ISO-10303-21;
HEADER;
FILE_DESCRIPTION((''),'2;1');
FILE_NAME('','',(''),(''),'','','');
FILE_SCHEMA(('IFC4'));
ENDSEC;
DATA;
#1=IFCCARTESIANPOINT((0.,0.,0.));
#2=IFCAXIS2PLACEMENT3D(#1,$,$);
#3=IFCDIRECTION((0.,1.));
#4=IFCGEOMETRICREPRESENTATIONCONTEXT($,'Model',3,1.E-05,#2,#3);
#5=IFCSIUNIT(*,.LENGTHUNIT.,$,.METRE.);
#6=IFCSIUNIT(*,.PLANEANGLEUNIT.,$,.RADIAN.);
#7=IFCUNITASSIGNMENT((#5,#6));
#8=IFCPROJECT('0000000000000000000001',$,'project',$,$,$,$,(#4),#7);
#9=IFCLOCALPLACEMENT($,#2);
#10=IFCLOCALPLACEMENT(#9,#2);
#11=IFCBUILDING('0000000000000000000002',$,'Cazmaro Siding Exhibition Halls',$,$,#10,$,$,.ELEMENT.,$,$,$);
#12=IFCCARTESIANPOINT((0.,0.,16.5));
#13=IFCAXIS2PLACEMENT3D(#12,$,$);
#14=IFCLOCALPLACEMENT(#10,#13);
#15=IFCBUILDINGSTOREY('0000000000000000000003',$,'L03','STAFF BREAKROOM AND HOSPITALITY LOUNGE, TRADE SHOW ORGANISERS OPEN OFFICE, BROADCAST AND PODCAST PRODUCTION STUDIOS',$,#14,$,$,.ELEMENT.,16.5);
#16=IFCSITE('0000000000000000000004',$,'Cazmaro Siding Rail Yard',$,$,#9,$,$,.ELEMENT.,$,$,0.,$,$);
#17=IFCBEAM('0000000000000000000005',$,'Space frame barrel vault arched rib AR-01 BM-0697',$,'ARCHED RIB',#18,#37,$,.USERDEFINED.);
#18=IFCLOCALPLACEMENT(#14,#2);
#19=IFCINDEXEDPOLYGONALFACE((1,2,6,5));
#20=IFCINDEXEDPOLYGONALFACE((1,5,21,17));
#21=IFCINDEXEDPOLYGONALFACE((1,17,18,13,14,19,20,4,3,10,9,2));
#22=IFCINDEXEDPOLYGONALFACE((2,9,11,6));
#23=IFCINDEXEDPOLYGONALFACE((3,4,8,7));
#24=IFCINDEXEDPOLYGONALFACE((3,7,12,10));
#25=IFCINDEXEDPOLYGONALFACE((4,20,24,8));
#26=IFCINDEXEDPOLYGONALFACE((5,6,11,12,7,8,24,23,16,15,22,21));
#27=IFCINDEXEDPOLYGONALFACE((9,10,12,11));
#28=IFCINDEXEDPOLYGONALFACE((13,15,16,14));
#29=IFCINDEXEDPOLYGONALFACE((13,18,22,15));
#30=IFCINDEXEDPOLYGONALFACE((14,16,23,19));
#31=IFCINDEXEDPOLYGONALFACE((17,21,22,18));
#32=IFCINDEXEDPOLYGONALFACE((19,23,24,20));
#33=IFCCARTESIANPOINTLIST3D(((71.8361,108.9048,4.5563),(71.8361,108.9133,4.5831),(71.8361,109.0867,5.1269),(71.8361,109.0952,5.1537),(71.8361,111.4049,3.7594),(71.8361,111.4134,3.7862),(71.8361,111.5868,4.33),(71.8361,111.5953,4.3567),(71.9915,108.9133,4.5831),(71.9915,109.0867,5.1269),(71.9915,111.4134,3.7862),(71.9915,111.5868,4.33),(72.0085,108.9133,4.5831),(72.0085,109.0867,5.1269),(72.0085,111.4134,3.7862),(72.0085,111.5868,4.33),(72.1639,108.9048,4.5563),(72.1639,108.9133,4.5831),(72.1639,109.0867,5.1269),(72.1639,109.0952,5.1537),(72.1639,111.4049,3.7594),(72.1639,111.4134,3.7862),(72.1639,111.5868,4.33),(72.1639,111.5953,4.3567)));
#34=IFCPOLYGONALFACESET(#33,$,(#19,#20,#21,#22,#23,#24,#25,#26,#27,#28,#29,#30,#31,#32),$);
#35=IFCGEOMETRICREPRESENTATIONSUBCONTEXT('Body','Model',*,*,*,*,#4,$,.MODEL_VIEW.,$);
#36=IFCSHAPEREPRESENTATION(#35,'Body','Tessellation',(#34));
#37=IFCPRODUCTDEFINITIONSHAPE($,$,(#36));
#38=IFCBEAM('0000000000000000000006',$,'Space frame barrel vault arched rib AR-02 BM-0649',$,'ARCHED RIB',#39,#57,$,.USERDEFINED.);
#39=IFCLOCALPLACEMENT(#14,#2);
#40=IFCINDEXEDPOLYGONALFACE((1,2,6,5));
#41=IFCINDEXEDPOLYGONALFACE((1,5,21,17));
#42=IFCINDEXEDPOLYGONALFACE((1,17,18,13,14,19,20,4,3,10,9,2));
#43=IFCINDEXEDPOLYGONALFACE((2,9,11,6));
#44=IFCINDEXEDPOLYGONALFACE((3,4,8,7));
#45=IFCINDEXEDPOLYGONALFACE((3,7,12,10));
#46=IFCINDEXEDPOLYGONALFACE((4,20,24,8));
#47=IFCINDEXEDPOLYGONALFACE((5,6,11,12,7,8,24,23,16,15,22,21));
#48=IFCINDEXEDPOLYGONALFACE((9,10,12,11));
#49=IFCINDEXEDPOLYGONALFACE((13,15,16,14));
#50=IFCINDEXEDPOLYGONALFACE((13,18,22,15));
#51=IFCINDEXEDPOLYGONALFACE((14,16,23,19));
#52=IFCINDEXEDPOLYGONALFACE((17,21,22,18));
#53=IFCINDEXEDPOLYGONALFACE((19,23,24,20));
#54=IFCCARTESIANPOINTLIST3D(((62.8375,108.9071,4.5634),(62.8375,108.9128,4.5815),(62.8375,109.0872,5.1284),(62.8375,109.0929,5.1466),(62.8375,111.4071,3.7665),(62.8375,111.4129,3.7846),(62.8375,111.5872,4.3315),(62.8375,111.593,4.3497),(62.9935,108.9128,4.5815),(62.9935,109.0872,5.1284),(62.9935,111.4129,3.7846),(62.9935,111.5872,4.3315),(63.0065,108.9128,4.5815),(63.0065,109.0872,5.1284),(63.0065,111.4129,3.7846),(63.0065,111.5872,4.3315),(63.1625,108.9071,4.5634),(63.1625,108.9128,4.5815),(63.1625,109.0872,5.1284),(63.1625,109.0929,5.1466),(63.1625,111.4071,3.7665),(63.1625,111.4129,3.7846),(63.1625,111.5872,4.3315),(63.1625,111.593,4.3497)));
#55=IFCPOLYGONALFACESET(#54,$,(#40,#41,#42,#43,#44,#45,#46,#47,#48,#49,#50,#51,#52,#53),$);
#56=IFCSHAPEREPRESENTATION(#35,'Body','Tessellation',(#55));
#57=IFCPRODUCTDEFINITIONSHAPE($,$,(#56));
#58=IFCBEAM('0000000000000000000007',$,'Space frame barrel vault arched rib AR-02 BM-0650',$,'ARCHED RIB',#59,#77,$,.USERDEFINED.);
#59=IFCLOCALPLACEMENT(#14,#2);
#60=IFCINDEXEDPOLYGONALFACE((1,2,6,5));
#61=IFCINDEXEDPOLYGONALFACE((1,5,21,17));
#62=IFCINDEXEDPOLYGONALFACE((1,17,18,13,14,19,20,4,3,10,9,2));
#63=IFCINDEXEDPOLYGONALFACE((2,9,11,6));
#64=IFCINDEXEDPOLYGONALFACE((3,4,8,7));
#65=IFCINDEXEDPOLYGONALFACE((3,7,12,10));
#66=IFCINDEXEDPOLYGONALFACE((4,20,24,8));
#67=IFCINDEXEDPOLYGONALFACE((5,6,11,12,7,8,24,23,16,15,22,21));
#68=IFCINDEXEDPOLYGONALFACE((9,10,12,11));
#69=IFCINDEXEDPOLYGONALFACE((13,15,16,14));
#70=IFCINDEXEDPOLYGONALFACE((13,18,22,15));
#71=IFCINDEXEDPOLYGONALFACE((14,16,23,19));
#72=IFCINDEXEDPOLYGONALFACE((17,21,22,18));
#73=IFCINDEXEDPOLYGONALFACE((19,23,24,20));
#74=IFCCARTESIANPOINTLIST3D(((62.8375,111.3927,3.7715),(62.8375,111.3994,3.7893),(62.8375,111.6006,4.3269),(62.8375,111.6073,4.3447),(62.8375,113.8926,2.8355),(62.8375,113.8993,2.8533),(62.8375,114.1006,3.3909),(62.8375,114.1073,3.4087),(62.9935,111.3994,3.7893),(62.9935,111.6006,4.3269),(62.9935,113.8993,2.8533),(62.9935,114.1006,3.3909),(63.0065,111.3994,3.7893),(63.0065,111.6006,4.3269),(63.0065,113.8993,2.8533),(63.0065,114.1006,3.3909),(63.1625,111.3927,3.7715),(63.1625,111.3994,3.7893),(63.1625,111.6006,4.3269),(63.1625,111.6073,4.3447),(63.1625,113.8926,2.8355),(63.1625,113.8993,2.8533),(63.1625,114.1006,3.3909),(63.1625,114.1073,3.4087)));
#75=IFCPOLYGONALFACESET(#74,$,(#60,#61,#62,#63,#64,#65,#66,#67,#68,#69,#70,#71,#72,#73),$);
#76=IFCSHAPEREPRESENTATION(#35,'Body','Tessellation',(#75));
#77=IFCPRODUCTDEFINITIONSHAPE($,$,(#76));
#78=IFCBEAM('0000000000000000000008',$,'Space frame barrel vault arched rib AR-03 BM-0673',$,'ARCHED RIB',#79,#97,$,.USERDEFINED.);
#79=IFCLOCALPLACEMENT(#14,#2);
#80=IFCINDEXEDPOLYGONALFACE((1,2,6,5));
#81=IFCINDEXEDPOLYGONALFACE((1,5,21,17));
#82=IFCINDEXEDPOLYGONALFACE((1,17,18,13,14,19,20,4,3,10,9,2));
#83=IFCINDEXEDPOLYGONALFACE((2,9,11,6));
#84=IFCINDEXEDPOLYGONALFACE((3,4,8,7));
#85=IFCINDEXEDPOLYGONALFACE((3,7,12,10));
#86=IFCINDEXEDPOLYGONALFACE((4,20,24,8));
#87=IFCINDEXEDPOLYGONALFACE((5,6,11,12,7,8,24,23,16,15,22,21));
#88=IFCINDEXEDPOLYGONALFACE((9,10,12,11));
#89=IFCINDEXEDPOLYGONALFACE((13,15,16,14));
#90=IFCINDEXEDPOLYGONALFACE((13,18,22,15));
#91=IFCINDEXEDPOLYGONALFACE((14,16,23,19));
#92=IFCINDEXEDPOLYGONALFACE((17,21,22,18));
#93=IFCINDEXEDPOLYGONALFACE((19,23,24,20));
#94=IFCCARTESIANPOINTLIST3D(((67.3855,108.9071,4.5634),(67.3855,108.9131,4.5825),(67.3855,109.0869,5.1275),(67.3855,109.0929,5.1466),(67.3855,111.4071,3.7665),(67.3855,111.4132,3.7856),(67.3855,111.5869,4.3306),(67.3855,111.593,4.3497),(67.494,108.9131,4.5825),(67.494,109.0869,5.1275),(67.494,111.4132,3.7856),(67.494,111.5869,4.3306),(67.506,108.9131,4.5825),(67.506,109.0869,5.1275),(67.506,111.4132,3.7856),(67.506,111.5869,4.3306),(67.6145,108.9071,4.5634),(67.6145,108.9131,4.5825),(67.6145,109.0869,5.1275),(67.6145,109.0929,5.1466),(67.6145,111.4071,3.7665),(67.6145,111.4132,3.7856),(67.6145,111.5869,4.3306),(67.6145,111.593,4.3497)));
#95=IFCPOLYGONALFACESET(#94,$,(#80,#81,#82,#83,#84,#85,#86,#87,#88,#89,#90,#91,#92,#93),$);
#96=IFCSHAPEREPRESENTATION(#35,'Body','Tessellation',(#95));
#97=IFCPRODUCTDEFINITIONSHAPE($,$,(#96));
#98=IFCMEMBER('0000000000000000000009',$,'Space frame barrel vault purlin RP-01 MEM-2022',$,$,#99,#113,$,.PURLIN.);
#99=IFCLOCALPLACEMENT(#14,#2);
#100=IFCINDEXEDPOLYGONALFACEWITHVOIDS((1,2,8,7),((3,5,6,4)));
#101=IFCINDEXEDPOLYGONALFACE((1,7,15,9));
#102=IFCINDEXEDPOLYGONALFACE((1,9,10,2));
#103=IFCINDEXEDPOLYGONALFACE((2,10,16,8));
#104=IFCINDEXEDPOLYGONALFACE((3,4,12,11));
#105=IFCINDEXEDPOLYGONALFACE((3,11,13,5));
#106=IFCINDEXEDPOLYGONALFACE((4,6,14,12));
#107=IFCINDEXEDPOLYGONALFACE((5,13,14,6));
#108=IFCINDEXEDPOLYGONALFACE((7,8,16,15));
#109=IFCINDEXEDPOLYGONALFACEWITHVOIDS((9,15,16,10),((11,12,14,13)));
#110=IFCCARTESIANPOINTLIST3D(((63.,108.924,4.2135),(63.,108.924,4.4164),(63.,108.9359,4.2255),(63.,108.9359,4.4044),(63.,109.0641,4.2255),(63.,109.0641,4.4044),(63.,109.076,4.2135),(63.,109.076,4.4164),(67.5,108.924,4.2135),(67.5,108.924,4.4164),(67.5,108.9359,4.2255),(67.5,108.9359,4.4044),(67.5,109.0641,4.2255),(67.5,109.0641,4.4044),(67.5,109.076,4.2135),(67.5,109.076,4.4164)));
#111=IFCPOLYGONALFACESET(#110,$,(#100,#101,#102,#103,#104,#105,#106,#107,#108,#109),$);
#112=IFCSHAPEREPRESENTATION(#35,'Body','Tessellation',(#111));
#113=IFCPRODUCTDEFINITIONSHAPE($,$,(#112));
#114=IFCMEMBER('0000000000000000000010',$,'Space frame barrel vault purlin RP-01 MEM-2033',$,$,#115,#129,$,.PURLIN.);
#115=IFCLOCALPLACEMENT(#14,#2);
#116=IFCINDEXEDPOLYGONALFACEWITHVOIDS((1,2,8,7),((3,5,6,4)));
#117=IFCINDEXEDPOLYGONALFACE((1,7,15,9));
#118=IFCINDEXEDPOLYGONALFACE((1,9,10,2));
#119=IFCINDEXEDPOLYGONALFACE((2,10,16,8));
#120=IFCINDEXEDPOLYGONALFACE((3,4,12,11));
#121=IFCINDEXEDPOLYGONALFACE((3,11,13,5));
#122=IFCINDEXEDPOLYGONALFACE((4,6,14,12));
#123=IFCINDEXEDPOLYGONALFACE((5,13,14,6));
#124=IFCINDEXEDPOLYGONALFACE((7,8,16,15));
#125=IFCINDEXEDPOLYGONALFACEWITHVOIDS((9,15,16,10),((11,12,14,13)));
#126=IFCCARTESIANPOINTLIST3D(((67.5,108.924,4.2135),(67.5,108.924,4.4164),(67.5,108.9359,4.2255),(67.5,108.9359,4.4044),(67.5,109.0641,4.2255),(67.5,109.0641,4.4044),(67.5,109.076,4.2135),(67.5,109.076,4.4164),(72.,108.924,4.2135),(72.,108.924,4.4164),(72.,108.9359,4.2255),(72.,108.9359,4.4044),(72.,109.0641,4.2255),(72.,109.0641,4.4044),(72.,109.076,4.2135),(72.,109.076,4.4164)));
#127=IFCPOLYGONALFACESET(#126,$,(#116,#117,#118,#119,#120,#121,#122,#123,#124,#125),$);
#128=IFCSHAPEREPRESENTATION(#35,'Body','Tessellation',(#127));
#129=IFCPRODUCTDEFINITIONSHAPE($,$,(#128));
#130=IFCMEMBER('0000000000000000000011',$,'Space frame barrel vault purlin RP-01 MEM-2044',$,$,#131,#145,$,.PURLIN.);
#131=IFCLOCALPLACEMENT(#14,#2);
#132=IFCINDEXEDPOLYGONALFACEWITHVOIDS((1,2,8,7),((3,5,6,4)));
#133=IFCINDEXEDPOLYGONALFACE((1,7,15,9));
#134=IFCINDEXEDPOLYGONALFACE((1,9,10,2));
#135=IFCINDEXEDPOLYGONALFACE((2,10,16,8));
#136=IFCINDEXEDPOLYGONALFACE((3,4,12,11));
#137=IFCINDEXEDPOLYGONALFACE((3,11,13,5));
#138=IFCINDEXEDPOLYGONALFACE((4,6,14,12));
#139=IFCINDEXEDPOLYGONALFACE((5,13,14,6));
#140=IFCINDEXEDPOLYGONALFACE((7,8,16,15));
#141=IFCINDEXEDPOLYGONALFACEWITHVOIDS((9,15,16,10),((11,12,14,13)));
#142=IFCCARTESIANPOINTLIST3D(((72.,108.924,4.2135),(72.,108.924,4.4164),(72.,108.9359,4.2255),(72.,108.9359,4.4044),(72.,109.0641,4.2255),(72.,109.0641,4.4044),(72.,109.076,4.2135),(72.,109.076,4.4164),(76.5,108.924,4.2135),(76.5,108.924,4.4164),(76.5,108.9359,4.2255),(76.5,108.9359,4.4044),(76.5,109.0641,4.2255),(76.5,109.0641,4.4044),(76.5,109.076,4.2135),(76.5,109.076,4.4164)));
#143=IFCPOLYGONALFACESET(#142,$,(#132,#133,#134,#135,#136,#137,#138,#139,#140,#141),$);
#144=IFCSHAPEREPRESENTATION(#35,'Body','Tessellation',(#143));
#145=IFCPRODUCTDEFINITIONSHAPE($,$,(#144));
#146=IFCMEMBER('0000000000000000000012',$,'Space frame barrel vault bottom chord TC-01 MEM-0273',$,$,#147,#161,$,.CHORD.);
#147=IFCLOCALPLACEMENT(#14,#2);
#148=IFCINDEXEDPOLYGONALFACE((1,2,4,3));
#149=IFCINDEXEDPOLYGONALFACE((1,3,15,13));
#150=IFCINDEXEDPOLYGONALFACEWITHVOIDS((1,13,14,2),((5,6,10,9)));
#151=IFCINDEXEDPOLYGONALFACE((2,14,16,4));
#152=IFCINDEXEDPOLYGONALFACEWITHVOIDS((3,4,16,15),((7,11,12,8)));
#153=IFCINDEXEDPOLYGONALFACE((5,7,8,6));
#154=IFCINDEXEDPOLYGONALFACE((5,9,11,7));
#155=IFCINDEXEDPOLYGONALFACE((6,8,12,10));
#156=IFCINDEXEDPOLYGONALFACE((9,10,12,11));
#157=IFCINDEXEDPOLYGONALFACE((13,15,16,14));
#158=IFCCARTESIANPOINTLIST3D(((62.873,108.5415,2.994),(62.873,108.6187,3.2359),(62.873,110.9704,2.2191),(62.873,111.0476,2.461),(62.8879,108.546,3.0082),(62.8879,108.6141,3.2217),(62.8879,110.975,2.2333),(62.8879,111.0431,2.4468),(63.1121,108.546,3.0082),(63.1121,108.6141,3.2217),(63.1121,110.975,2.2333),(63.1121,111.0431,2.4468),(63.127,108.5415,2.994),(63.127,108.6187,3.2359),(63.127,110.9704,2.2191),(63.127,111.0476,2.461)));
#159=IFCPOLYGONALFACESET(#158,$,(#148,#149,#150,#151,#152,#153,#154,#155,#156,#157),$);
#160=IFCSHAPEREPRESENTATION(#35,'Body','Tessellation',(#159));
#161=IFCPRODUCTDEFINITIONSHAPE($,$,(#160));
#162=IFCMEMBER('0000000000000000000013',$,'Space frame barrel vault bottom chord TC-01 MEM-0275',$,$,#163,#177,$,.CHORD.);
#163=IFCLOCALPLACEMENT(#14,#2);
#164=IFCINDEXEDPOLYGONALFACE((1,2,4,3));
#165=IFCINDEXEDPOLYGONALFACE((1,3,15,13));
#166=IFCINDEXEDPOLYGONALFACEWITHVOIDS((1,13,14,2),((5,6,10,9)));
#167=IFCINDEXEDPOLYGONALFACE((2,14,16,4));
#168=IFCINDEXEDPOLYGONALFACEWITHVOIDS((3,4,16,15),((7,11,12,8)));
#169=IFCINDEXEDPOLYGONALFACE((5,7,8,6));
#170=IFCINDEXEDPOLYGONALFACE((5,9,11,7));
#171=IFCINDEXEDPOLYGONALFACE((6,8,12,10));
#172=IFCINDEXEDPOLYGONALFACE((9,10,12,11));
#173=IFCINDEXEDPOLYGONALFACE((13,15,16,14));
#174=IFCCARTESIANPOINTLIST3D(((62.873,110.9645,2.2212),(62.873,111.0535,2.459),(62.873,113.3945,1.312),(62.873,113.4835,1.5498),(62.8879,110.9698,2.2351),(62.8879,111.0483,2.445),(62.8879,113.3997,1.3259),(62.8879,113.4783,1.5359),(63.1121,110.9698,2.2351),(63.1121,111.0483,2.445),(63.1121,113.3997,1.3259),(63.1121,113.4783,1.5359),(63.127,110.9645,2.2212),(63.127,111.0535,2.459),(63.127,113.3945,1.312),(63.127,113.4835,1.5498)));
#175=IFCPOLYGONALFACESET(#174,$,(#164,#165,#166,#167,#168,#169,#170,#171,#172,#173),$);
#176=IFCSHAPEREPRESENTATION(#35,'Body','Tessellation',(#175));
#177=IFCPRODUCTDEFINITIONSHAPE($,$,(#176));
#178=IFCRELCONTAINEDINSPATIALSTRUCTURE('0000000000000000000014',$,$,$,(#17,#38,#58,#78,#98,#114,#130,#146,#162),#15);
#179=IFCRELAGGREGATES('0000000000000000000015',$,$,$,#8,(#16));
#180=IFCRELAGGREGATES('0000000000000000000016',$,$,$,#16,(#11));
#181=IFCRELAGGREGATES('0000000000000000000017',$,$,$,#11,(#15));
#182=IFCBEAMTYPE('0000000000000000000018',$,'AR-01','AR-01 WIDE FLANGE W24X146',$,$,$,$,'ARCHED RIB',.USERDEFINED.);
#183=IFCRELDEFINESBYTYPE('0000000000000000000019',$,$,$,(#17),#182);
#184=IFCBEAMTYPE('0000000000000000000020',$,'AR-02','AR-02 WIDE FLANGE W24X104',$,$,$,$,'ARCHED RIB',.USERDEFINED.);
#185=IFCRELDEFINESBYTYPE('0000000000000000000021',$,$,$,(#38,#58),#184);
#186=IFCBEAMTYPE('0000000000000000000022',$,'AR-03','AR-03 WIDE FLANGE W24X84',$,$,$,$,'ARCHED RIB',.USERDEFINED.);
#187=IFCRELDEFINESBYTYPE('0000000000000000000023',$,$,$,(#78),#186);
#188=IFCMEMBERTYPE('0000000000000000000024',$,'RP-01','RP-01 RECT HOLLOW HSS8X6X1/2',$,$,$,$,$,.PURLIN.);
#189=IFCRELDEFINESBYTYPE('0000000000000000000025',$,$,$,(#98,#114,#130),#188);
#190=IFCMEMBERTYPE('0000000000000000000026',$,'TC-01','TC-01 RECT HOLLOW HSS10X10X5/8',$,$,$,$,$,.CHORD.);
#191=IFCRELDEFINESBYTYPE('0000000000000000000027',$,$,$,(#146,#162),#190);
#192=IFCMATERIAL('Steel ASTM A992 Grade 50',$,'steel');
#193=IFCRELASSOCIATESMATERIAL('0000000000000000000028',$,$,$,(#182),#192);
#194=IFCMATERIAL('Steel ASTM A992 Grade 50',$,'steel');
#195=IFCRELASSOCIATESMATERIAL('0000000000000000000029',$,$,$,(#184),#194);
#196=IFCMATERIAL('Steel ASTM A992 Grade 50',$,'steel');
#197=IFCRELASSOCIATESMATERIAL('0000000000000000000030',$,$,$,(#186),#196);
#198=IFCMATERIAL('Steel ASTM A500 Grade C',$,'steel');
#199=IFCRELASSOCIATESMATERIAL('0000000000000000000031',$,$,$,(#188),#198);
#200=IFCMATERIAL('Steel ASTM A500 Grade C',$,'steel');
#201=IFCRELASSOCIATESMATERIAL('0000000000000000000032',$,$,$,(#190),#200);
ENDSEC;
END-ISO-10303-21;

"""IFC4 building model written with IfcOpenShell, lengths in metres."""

from ifc_helpers import new_model, si_unit, direction, frame, origin, origin_2d, place, context, subcontext, project, spatial, hollow_rectangle, i_section, extrude, material, material_profile, profile_set, type_object, element, save


model = new_model("IFC4")

# Units and contexts
model_context = context("Model", 3, precision=1e-05, world=origin(), true_north=direction((0.0, 1.0)))
body_context = subcontext(model_context, "Body", "Model", "MODEL_VIEW")
ifc_project = project(units=[si_unit("LENGTHUNIT", "METRE"), si_unit("PLANEANGLEUNIT", "RADIAN")], contexts=[model_context])

# Site, building, storey
site_placement = place(None, origin())
site = spatial("IfcSite", under=ifc_project, at=site_placement, Name="Cazmaro Siding Rail Yard", CompositionType="ELEMENT", RefElevation=0.0)
building_placement = place(site_placement, origin())
building = spatial("IfcBuilding", under=site, at=building_placement, Name="Cazmaro Siding Exhibition Halls", CompositionType="ELEMENT")
storey_placement = place(building_placement, frame((0.0, 0.0, 16.5)))
storey = spatial("IfcBuildingStorey", under=building, at=storey_placement, Name="L03", Description="STAFF BREAKROOM AND HOSPITALITY LOUNGE, TRADE SHOW ORGANISERS OPEN OFFICE, BROADCAST AND PODCAST PRODUCTION STUDIOS", CompositionType="ELEMENT", Elevation=16.5)

# Beams
ifc_material_1 = material(Name="Steel ASTM A992 Grade 50", Category="steel")
ifc_material_profile_1 = material_profile(ifc_material_1, i_section(OverallWidth=0.3279, OverallDepth=0.627, WebThickness=0.0171, FlangeThickness=0.0281, at=origin_2d()), Name="W24X146")
ifc_profile_set_1 = profile_set([ifc_material_profile_1], Name="Steel ASTM A992 Grade 50")
beam_type_1 = type_object("IfcBeamType", Name="AR-01", Description="AR-01 WIDE FLANGE W24X146", ElementType="ARCHED RIB", PredefinedType="USERDEFINED", material=ifc_profile_set_1)
beam_1_placement = place(storey_placement, frame((72.0, 109.0, 4.855), z_axis=(0.0, 0.952769, -0.303695), x_axis=(-1.0, 0.0, 0.0)))
element("IfcBeam", 1, at=beam_1_placement, inside=storey, type_object=beam_type_1, Name="Space frame barrel vault arched rib AR-01 BM-0697", ObjectType="ARCHED RIB", PredefinedType="USERDEFINED", context=body_context, shape_type="SweptSolid", body=[
    extrude(i_section(OverallWidth=0.3279, OverallDepth=0.627, WebThickness=0.0171, FlangeThickness=0.0281, at=origin_2d()), origin(), (0.0, 0.0, 1.0), 2.624),
])
ifc_material_2 = material(Name="Steel ASTM A992 Grade 50", Category="steel")
ifc_material_profile_2 = material_profile(ifc_material_2, i_section(OverallWidth=0.325, OverallDepth=0.6121, WebThickness=0.0129, FlangeThickness=0.019, at=origin_2d()), Name="W24X104")
ifc_profile_set_2 = profile_set([ifc_material_profile_2], Name="Steel ASTM A992 Grade 50")
beam_type_2 = type_object("IfcBeamType", Name="AR-02", Description="AR-02 WIDE FLANGE W24X104", ElementType="ARCHED RIB", PredefinedType="USERDEFINED", material=ifc_profile_set_2)
beam_2_placement = place(storey_placement, frame((63.0, 109.0, 4.855), z_axis=(0.0, 0.952769, -0.303695), x_axis=(-1.0, 0.0, 0.0)))
element("IfcBeam", 2, at=beam_2_placement, inside=storey, type_object=beam_type_2, Name="Space frame barrel vault arched rib AR-02 BM-0649", ObjectType="ARCHED RIB", PredefinedType="USERDEFINED", context=body_context, shape_type="SweptSolid", body=[
    extrude(i_section(OverallWidth=0.325, OverallDepth=0.6121, WebThickness=0.0129, FlangeThickness=0.019, at=origin_2d()), origin(), (0.0, 0.0, 1.0), 2.624),
])
beam_3_placement = place(storey_placement, frame((63.0, 111.5, 4.0581), z_axis=(0.0, 0.936509, -0.350642), x_axis=(-1.0, 0.0, 0.0)))
element("IfcBeam", 3, at=beam_3_placement, inside=storey, type_object=beam_type_2, Name="Space frame barrel vault arched rib AR-02 BM-0650", ObjectType="ARCHED RIB", PredefinedType="USERDEFINED", context=body_context, shape_type="SweptSolid", body=[
    extrude(i_section(OverallWidth=0.325, OverallDepth=0.6121, WebThickness=0.0129, FlangeThickness=0.019, at=origin_2d()), origin(), (0.0, 0.0, 1.0), 2.6694),
])
ifc_material_3 = material(Name="Steel ASTM A992 Grade 50", Category="steel")
ifc_material_profile_3 = material_profile(ifc_material_3, i_section(OverallWidth=0.229, OverallDepth=0.6121, WebThickness=0.012, FlangeThickness=0.02, at=origin_2d()), Name="W24X84")
ifc_profile_set_3 = profile_set([ifc_material_profile_3], Name="Steel ASTM A992 Grade 50")
beam_type_3 = type_object("IfcBeamType", Name="AR-03", Description="AR-03 WIDE FLANGE W24X84", ElementType="ARCHED RIB", PredefinedType="USERDEFINED", material=ifc_profile_set_3)
beam_4_placement = place(storey_placement, frame((67.5, 109.0, 4.855), z_axis=(0.0, 0.952769, -0.303695), x_axis=(-1.0, 0.0, 0.0)))
element("IfcBeam", 4, at=beam_4_placement, inside=storey, type_object=beam_type_3, Name="Space frame barrel vault arched rib AR-03 BM-0673", ObjectType="ARCHED RIB", PredefinedType="USERDEFINED", context=body_context, shape_type="SweptSolid", body=[
    extrude(i_section(OverallWidth=0.229, OverallDepth=0.6121, WebThickness=0.012, FlangeThickness=0.02, at=origin_2d()), origin(), (0.0, 0.0, 1.0), 2.624),
])

# Members
ifc_material_4 = material(Name="Steel ASTM A500 Grade C", Category="steel")
ifc_material_profile_4 = material_profile(ifc_material_4, hollow_rectangle(XDim=0.1521, YDim=0.2029, WallThickness=0.012, at=origin_2d()), Name="HSS8X6X1/2")
ifc_profile_set_4 = profile_set([ifc_material_profile_4], Name="Steel ASTM A500 Grade C")
member_type_1 = type_object("IfcMemberType", Name="RP-01", Description="RP-01 RECT HOLLOW HSS8X6X1/2", PredefinedType="PURLIN", material=ifc_profile_set_4)
for number, where, z_axis, x_axis, name in (
    (5, (63.0, 109.0, 4.3149), (1.0, 0.0, 0.0), (0.0, 1.0, 0.0), "Space frame barrel vault purlin RP-01 MEM-2022"),
    (6, (67.5, 109.0, 4.3149), (1.0, 0.0, 0.0), (0.0, 1.0, 0.0), "Space frame barrel vault purlin RP-01 MEM-2033"),
    (7, (72.0, 109.0, 4.3149), (1.0, 0.0, 0.0), (0.0, 1.0, 0.0), "Space frame barrel vault purlin RP-01 MEM-2044"),
):
    element("IfcMember", number, at=place(storey_placement, frame(where, z_axis=z_axis, x_axis=x_axis)), inside=storey, type_object=member_type_1, Name=name, PredefinedType="PURLIN", context=body_context, shape_type="SweptSolid", body=[
        extrude(hollow_rectangle(XDim=0.1521, YDim=0.2029, WallThickness=0.012, at=origin_2d()), origin(), (0.0, 0.0, 1.0), 4.5),
    ])
ifc_material_5 = material(Name="Steel ASTM A500 Grade C", Category="steel")
ifc_material_profile_5 = material_profile(ifc_material_5, hollow_rectangle(XDim=0.2539, YDim=0.2539, WallThickness=0.0149, at=origin_2d()), Name="HSS10X10X5/8")
ifc_profile_set_5 = profile_set([ifc_material_profile_5], Name="Steel ASTM A500 Grade C")
member_type_2 = type_object("IfcMemberType", Name="TC-01", Description="TC-01 RECT HOLLOW HSS10X10X5/8", PredefinedType="CHORD", material=ifc_profile_set_5)
member_1_placement = place(storey_placement, frame((63.0, 108.5801, 3.115), z_axis=(0.0, 0.952693, -0.303935), x_axis=(-1.0, 0.0, 0.0)))
element("IfcMember", 8, at=member_1_placement, inside=storey, type_object=member_type_2, Name="Space frame barrel vault bottom chord TC-01 MEM-0273", PredefinedType="CHORD", context=body_context, shape_type="SweptSolid", body=[
    extrude(hollow_rectangle(XDim=0.2539, YDim=0.2539, WallThickness=0.0149, at=origin_2d()), origin(), (0.0, 0.0, 1.0), 2.5496),
])
member_2_placement = place(storey_placement, frame((63.0, 111.009, 2.3401), z_axis=(0.0, 0.936588, -0.350432), x_axis=(-1.0, 0.0, 0.0)))
element("IfcMember", 9, at=member_2_placement, inside=storey, type_object=member_type_2, Name="Space frame barrel vault bottom chord TC-01 MEM-0275", PredefinedType="CHORD", context=body_context, shape_type="SweptSolid", body=[
    extrude(hollow_rectangle(XDim=0.2539, YDim=0.2539, WallThickness=0.0149, at=origin_2d()), origin(), (0.0, 0.0, 1.0), 2.5945),
])

save(model, "model.ifc")
